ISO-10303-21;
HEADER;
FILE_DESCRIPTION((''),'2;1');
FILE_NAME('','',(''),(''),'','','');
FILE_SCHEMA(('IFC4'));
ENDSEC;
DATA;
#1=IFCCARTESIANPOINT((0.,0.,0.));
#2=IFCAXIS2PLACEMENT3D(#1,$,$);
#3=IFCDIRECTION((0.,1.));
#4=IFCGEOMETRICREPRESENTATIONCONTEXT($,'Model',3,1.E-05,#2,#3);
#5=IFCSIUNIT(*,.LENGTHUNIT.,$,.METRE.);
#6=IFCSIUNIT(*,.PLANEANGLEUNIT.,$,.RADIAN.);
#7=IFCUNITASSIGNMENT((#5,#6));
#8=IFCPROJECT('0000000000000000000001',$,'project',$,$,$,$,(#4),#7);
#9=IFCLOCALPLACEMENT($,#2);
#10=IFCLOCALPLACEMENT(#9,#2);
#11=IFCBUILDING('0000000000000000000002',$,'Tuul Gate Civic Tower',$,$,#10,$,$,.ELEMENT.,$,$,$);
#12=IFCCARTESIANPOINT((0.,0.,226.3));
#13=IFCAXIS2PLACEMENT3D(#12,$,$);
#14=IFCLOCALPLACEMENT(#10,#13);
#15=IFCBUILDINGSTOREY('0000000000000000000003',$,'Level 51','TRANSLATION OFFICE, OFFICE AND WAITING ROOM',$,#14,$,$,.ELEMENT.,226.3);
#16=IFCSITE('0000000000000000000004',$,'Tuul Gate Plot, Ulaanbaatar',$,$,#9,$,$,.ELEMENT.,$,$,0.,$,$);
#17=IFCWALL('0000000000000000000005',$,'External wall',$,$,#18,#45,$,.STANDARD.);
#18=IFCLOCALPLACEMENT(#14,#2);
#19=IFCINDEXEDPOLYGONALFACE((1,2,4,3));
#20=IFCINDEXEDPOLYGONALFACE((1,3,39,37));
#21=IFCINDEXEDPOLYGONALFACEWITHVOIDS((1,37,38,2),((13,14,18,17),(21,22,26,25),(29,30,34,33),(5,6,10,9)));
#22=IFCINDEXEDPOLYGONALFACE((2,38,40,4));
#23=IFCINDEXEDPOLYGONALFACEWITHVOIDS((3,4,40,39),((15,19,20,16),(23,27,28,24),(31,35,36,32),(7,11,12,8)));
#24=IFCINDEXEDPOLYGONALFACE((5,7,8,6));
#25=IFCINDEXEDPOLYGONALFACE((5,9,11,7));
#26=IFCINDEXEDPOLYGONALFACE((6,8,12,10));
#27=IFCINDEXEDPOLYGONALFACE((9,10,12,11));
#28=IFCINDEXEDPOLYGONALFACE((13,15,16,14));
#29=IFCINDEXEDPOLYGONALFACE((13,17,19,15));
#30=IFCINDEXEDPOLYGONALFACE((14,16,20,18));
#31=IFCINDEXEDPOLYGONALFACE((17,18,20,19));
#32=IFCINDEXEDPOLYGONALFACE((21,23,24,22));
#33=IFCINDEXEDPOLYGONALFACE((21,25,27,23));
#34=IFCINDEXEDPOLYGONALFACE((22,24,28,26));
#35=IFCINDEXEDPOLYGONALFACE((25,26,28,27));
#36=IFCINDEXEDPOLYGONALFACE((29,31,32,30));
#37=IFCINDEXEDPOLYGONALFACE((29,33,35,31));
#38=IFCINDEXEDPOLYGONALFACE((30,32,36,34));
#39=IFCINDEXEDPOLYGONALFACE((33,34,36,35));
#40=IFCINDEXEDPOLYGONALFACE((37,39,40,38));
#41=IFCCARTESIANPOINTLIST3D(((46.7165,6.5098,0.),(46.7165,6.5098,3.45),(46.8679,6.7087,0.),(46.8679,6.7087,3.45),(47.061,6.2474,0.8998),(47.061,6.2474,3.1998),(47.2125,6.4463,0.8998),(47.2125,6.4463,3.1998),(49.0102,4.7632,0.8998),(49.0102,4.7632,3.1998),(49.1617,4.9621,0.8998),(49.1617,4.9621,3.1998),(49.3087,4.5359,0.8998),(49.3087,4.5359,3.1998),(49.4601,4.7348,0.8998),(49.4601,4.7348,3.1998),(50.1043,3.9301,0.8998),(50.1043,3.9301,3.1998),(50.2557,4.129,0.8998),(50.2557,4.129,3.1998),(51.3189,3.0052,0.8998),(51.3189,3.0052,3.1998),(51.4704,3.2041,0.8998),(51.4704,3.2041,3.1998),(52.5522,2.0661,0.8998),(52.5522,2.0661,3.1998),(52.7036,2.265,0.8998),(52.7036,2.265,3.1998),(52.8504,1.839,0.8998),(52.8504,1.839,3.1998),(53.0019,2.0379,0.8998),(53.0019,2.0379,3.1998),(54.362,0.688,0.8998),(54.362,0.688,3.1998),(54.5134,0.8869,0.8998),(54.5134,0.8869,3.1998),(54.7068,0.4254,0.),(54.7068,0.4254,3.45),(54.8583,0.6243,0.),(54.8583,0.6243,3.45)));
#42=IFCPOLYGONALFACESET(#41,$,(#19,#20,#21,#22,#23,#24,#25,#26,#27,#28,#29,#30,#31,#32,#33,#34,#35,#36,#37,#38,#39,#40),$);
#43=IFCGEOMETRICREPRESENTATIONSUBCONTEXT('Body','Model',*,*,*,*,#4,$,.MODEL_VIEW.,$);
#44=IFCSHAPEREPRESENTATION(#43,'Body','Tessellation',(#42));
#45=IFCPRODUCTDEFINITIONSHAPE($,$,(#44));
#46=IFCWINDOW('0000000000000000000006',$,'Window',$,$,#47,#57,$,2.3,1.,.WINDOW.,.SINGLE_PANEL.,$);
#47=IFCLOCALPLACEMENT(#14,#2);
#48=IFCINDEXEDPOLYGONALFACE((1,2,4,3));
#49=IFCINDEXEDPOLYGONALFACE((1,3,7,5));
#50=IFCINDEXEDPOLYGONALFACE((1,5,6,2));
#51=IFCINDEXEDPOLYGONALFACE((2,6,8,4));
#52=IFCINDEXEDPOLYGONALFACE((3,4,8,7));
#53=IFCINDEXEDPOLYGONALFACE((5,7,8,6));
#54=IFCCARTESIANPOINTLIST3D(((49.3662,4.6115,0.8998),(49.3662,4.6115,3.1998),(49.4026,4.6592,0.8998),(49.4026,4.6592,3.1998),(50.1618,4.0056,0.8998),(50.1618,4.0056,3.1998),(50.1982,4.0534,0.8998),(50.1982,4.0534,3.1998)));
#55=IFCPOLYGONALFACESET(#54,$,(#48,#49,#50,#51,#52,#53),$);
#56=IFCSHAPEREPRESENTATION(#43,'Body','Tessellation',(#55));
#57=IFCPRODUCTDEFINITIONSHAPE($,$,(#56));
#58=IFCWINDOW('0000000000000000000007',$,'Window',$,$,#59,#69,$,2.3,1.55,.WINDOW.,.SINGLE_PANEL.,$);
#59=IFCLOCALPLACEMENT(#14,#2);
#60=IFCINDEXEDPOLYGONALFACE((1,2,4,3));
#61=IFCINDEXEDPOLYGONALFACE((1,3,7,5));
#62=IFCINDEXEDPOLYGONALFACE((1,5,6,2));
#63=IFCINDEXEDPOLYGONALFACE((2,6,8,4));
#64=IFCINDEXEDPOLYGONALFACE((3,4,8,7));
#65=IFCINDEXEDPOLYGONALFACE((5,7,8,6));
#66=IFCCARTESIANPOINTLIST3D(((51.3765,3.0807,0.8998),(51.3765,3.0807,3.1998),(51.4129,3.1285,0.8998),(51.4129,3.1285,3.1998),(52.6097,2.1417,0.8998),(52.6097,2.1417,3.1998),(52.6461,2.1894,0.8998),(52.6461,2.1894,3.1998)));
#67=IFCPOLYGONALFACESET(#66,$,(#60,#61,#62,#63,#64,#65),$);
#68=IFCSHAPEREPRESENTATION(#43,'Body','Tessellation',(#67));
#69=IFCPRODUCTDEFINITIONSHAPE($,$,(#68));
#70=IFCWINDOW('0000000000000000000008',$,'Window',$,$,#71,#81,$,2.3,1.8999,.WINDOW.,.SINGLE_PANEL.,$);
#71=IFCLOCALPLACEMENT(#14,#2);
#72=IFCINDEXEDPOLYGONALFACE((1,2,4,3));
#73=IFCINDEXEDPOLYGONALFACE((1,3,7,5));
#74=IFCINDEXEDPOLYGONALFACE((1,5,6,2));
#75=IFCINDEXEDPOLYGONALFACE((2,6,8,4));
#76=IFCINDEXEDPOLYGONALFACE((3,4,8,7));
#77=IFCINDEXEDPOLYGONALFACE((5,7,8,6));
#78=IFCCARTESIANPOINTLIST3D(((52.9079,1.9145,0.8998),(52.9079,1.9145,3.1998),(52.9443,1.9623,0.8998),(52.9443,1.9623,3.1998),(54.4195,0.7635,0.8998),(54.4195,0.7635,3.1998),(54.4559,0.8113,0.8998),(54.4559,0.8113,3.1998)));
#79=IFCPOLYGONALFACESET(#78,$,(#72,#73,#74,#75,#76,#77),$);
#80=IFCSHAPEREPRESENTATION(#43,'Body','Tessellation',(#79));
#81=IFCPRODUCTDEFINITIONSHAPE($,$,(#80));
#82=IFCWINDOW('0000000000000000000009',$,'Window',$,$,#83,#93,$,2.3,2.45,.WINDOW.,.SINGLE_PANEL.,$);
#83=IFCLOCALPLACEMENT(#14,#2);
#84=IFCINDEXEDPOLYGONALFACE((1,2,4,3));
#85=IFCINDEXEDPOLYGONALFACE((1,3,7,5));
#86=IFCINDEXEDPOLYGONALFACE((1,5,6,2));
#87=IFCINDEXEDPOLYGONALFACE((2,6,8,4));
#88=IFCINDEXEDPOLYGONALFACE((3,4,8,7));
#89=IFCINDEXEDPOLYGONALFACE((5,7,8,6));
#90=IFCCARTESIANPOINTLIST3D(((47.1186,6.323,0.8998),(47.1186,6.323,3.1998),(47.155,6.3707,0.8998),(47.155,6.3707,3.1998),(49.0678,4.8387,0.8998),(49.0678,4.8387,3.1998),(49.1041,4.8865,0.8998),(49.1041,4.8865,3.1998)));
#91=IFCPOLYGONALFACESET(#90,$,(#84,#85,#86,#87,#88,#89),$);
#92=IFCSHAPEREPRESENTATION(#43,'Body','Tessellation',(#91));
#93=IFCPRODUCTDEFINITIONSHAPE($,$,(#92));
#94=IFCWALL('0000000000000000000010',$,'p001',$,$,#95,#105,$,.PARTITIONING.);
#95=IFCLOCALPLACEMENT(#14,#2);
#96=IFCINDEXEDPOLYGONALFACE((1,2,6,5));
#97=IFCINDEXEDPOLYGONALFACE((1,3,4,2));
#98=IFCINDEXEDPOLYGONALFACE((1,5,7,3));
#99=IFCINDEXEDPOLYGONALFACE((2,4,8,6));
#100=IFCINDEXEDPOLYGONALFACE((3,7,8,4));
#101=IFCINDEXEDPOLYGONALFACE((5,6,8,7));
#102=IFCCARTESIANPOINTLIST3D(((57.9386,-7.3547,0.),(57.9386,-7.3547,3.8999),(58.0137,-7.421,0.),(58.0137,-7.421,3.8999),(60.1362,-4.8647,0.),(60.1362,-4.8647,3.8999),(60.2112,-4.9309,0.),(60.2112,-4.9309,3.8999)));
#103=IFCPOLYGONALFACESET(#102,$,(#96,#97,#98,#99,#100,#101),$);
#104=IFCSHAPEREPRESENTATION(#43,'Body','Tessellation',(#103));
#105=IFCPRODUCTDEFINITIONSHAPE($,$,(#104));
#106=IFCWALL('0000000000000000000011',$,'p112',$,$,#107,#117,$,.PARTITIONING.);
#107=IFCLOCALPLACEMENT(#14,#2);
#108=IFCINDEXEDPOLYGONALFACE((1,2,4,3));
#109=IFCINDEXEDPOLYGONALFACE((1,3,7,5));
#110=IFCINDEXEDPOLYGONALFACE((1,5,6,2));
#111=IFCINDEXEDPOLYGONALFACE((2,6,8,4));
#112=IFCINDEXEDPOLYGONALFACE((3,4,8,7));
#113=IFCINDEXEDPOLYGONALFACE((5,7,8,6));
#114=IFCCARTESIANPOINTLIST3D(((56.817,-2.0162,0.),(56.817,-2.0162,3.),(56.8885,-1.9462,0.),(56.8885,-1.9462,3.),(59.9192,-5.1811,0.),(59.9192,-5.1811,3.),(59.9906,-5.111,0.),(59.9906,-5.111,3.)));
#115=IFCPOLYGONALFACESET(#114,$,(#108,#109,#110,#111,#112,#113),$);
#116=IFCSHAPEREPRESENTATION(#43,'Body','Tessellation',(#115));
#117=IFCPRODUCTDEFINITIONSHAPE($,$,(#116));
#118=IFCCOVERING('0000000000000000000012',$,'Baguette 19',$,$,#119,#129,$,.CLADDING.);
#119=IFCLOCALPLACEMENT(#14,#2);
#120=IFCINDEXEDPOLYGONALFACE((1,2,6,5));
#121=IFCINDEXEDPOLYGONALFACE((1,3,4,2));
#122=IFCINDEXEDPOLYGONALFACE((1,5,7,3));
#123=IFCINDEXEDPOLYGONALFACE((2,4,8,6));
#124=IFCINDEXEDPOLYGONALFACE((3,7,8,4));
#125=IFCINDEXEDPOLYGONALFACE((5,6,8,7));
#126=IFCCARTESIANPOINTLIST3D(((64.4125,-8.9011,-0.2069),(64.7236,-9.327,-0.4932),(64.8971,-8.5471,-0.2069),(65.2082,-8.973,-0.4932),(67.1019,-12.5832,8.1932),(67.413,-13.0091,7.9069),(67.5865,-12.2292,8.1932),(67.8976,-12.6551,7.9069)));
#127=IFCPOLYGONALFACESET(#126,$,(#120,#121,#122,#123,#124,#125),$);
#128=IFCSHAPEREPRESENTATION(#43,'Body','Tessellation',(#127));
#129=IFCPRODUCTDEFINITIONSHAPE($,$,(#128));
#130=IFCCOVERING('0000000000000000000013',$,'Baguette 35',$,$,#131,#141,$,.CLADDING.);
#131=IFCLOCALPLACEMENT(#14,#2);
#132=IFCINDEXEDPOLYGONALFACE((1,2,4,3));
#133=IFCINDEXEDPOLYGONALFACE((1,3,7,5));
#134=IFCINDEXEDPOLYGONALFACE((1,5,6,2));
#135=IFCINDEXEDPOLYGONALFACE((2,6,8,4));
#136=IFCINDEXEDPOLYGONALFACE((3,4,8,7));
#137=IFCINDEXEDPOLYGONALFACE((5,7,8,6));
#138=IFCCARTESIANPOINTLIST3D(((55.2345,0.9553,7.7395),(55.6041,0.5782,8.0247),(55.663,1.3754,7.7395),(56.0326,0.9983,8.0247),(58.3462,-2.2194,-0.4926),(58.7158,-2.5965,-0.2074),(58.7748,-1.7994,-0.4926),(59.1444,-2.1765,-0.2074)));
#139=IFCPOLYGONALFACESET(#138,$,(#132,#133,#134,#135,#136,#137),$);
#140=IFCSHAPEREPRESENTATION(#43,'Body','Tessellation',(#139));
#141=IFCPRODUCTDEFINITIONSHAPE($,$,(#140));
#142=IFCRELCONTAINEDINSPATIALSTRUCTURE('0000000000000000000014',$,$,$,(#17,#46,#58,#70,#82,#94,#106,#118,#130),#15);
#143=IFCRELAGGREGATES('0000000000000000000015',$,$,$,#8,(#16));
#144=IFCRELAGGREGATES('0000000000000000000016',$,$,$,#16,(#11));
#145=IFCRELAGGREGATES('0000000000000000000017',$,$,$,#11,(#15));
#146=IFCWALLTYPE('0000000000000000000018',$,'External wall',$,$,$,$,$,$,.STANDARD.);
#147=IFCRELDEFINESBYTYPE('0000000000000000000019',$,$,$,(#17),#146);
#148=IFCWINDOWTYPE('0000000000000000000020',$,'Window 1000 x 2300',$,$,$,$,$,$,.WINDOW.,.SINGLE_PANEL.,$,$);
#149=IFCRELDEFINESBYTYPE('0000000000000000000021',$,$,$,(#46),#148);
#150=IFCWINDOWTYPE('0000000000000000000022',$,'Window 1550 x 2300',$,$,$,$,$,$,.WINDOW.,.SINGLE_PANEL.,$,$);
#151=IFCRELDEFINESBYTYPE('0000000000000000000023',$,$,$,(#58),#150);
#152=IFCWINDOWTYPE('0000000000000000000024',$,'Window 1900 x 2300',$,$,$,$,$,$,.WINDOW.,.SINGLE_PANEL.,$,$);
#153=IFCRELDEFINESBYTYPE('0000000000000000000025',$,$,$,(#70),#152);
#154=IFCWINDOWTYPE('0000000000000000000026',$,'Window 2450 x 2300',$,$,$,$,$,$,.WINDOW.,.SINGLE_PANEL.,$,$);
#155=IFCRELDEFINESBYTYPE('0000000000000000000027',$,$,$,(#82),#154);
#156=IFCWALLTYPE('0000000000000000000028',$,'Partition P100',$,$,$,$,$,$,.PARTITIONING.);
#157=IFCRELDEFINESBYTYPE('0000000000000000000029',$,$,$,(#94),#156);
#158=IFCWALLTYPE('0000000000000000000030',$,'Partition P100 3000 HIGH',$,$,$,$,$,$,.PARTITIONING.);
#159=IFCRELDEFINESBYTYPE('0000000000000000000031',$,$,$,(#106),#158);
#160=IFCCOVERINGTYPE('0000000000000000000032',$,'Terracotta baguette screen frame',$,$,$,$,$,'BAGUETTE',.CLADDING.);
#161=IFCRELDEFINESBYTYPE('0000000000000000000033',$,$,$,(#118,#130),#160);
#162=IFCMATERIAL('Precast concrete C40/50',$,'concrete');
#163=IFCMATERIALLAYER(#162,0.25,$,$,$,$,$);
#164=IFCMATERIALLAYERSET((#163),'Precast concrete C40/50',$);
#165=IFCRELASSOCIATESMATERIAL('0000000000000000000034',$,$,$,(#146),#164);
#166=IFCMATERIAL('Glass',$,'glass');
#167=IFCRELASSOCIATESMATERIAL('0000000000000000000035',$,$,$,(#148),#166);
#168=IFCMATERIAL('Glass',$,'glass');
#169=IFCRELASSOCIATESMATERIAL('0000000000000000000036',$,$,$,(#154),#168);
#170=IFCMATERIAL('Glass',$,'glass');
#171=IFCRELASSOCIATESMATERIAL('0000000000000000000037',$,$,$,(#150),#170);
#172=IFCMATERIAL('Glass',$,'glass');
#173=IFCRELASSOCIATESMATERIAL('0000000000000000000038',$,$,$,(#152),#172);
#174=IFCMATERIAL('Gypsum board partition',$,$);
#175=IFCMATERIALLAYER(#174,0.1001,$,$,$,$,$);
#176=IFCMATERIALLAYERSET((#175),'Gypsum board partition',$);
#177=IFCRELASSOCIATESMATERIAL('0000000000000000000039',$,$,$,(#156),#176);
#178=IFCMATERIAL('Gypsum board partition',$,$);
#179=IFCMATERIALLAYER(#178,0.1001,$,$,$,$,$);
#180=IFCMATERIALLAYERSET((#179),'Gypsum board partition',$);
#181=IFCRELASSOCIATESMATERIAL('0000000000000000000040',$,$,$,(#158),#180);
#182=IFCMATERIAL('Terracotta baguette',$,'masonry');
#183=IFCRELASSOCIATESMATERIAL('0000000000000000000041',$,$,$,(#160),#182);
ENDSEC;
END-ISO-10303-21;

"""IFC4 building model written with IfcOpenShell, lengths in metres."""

from ifc_helpers import new_model, si_unit, direction, frame, frame_2d, origin, origin_2d, place, context, subcontext, project, spatial, rectangle, extrude, material, layer, layer_set, material_profile, profile_set, type_object, element, fill, save


model = new_model("IFC4")

# Units and contexts
model_context = context("Model", 3, precision=1e-05, world=origin(), true_north=direction((0.0, 1.0)))
body_context = subcontext(model_context, "Body", "Model", "MODEL_VIEW")
ifc_project = project(units=[si_unit("LENGTHUNIT", "METRE"), si_unit("PLANEANGLEUNIT", "RADIAN")], contexts=[model_context])

# Site, building, storey
site_placement = place(None, origin())
site = spatial("IfcSite", under=ifc_project, at=site_placement, Name="Tuul Gate Plot, Ulaanbaatar", CompositionType="ELEMENT", RefElevation=0.0)
building_placement = place(site_placement, origin())
building = spatial("IfcBuilding", under=site, at=building_placement, Name="Tuul Gate Civic Tower", CompositionType="ELEMENT")
storey_placement = place(building_placement, frame((0.0, 0.0, 226.3)))
storey = spatial("IfcBuildingStorey", under=building, at=storey_placement, Name="Level 51", Description="TRANSLATION OFFICE, OFFICE AND WAITING ROOM", CompositionType="ELEMENT", Elevation=226.3)

# Wall, openings, windows
ifc_material_1 = material(Name="Precast concrete C40/50", Category="concrete")
ifc_layer_1 = layer(ifc_material_1, 0.25)
ifc_layer_set_1 = layer_set([ifc_layer_1], Name="Precast concrete C40/50")
wall_type_1 = type_object("IfcWallType", Name="External wall", PredefinedType="STANDARD", material=ifc_layer_set_1)
ifc_material_2 = material(Name="Glass", Category="glass")
window_type_1 = type_object("IfcWindowType", Name="Window 1000 x 2300", PartitioningType="SINGLE_PANEL", PredefinedType="WINDOW", material=ifc_material_2)
ifc_material_3 = material(Name="Glass", Category="glass")
window_type_2 = type_object("IfcWindowType", Name="Window 2450 x 2300", PartitioningType="SINGLE_PANEL", PredefinedType="WINDOW", material=ifc_material_3)
wall_1_placement = place(storey_placement, frame((54.7825, 0.5249, 0.0), z_axis=(0.0, 0.0, 1.0), x_axis=(-0.7956, 0.605822, 0.0)))
wall_1 = element("IfcWall", 1, at=wall_1_placement, inside=storey, type_object=wall_type_1, Name="External wall", PredefinedType="STANDARD", context=body_context, shape_type="SweptSolid", body=[
    extrude(rectangle(XDim=10.0432, YDim=0.25, at=frame_2d((5.0215, 0.0))), origin(), (0.0, 0.0, 1.0), 3.45),
])
opening_1_placement = place(wall_1_placement, frame((5.7849, 0.0, 0.8999)))
opening_1 = element("IfcOpeningElement", 2, at=opening_1_placement, cuts=wall_1, PredefinedType="OPENING", context=body_context, shape_type="SweptSolid", body=[
    extrude(rectangle(XDim=1.0, YDim=2.3, at=frame_2d((0.5, 1.1499))), frame((0.0, 0.135, 0.0), z_axis=(0.0, -1.0, 0.0), x_axis=(1.0, 0.0, 0.0)), (0.0, 0.0, 1.0), 0.27),
])
opening_2_placement = place(wall_1_placement, frame((7.1599, 0.0, 0.8999)))
opening_2 = element("IfcOpeningElement", 3, at=opening_2_placement, cuts=wall_1, PredefinedType="OPENING", context=body_context, shape_type="SweptSolid", body=[
    extrude(rectangle(XDim=2.45, YDim=2.3, at=frame_2d((1.2251, 1.1499))), frame((0.0, 0.135, 0.0), z_axis=(0.0, -1.0, 0.0), x_axis=(1.0, 0.0, 0.0)), (0.0, 0.0, 1.0), 0.27),
])
opening_3_placement = place(wall_1_placement, frame((0.4333, 0.0, 0.8999)))
opening_3 = element("IfcOpeningElement", 4, at=opening_3_placement, cuts=wall_1, PredefinedType="OPENING", context=body_context, shape_type="SweptSolid", body=[
    extrude(rectangle(XDim=1.8999, YDim=2.3, at=frame_2d((0.95, 1.1499))), frame((0.0, 0.135, 0.0), z_axis=(0.0, -1.0, 0.0), x_axis=(1.0, 0.0, 0.0)), (0.0, 0.0, 1.0), 0.27),
])
opening_4_placement = place(wall_1_placement, frame((2.7083, 0.0, 0.8999)))
opening_4 = element("IfcOpeningElement", 5, at=opening_4_placement, cuts=wall_1, PredefinedType="OPENING", context=body_context, shape_type="SweptSolid", body=[
    extrude(rectangle(XDim=1.55, YDim=2.3, at=frame_2d((0.7749, 1.1499))), frame((0.0, 0.135, 0.0), z_axis=(0.0, -1.0, 0.0), x_axis=(1.0, 0.0, 0.0)), (0.0, 0.0, 1.0), 0.27),
])
window_1_placement = place(opening_1_placement, origin())
window_1 = element("IfcWindow", 6, at=window_1_placement, inside=storey, type_object=window_type_1, Name="Window", OverallHeight=2.3, OverallWidth=1.0, PartitioningType="SINGLE_PANEL", PredefinedType="WINDOW", context=body_context, shape_type="SweptSolid", body=[
    extrude(rectangle(XDim=1.0, YDim=2.3, at=frame_2d((0.5, 1.1499))), frame((0.0, 0.03, 0.0), z_axis=(0.0, -1.0, 0.0), x_axis=(1.0, 0.0, 0.0)), (0.0, 0.0, 1.0), 0.0601),
])
fill(opening_1, window_1)
ifc_material_4 = material(Name="Glass", Category="glass")
window_type_3 = type_object("IfcWindowType", Name="Window 1550 x 2300", PartitioningType="SINGLE_PANEL", PredefinedType="WINDOW", material=ifc_material_4)
window_2_placement = place(opening_4_placement, origin())
window_2 = element("IfcWindow", 7, at=window_2_placement, inside=storey, type_object=window_type_3, Name="Window", OverallHeight=2.3, OverallWidth=1.55, PartitioningType="SINGLE_PANEL", PredefinedType="WINDOW", context=body_context, shape_type="SweptSolid", body=[
    extrude(rectangle(XDim=1.55, YDim=2.3, at=frame_2d((0.7749, 1.1499))), frame((0.0, 0.03, 0.0), z_axis=(0.0, -1.0, 0.0), x_axis=(1.0, 0.0, 0.0)), (0.0, 0.0, 1.0), 0.0601),
])
fill(opening_4, window_2)
ifc_material_5 = material(Name="Glass", Category="glass")
window_type_4 = type_object("IfcWindowType", Name="Window 1900 x 2300", PartitioningType="SINGLE_PANEL", PredefinedType="WINDOW", material=ifc_material_5)
window_3_placement = place(opening_3_placement, origin())
window_3 = element("IfcWindow", 8, at=window_3_placement, inside=storey, type_object=window_type_4, Name="Window", OverallHeight=2.3, OverallWidth=1.8999, PartitioningType="SINGLE_PANEL", PredefinedType="WINDOW", context=body_context, shape_type="SweptSolid", body=[
    extrude(rectangle(XDim=1.8999, YDim=2.3, at=frame_2d((0.95, 1.1499))), frame((0.0, 0.03, 0.0), z_axis=(0.0, -1.0, 0.0), x_axis=(1.0, 0.0, 0.0)), (0.0, 0.0, 1.0), 0.0601),
])
fill(opening_3, window_3)
window_4_placement = place(opening_2_placement, origin())
window_4 = element("IfcWindow", 9, at=window_4_placement, inside=storey, type_object=window_type_2, Name="Window", OverallHeight=2.3, OverallWidth=2.45, PartitioningType="SINGLE_PANEL", PredefinedType="WINDOW", context=body_context, shape_type="SweptSolid", body=[
    extrude(rectangle(XDim=2.45, YDim=2.3, at=frame_2d((1.2251, 1.1499))), frame((0.0, 0.03, 0.0), z_axis=(0.0, -1.0, 0.0), x_axis=(1.0, 0.0, 0.0)), (0.0, 0.0, 1.0), 0.0601),
])
fill(opening_2, window_4)

# Walls
ifc_material_6 = material(Name="Gypsum board partition")
ifc_layer_2 = layer(ifc_material_6, 0.1001)
ifc_layer_set_2 = layer_set([ifc_layer_2], Name="Gypsum board partition")
wall_type_2 = type_object("IfcWallType", Name="Partition P100", PredefinedType="PARTITIONING", material=ifc_layer_set_2)
wall_2_placement = place(storey_placement, frame((57.9761, -7.3879, 0.0), z_axis=(0.0, 0.0, 1.0), x_axis=(0.661699, 0.749769, 0.0)))
element("IfcWall", 10, at=wall_2_placement, inside=storey, type_object=wall_type_2, Name="p001", PredefinedType="PARTITIONING", context=body_context, shape_type="SweptSolid", body=[
    extrude(rectangle(XDim=3.321, YDim=0.1001, at=frame_2d((1.6606, 0.0))), origin(), (0.0, 0.0, 1.0), 3.8999),
])
ifc_material_7 = material(Name="Gypsum board partition")
ifc_layer_3 = layer(ifc_material_7, 0.1001)
ifc_layer_set_3 = layer_set([ifc_layer_3], Name="Gypsum board partition")
wall_type_3 = type_object("IfcWallType", Name="Partition P100 3000 HIGH", PredefinedType="PARTITIONING", material=ifc_layer_set_3)
wall_3_placement = place(storey_placement, frame((56.8528, -1.9812, 0.0), z_axis=(0.0, 0.0, 1.0), x_axis=(0.699992, -0.714151, 0.0)))
element("IfcWall", 11, at=wall_3_placement, inside=storey, type_object=wall_type_3, Name="p112", PredefinedType="PARTITIONING", context=body_context, shape_type="SweptSolid", body=[
    extrude(rectangle(XDim=4.4316, YDim=0.1001, at=frame_2d((2.2158, 0.0))), origin(), (0.0, 0.0, 1.0), 3.0),
])

# Coverings
ifc_material_8 = material(Name="Terracotta baguette", Category="masonry")
ifc_material_profile_1 = material_profile(ifc_material_8, rectangle(XDim=0.6001, YDim=0.6001, at=origin_2d()), Name="Terracotta baguette screen frame")
ifc_profile_set_1 = profile_set([ifc_material_profile_1], Name="Terracotta baguette")
covering_type = type_object("IfcCoveringType", Name="Terracotta baguette screen frame", ElementType="BAGUETTE", PredefinedType="CLADDING", material=ifc_profile_set_1)
covering_1_placement = place(storey_placement, frame((67.4998, -12.6191, 8.05), z_axis=(-0.281385, 0.385244, -0.878868), x_axis=(-0.80753, -0.589826, 0.0)))
element("IfcCovering", 12, at=covering_1_placement, inside=storey, type_object=covering_type, Name="Baguette 19", PredefinedType="CLADDING", context=body_context, shape_type="SweptSolid", body=[
    extrude(rectangle(XDim=0.6001, YDim=0.6001, at=origin_2d()), origin(), (0.0, 0.0, 1.0), 9.5579),
])
covering_2_placement = place(storey_placement, frame((55.6335, 0.9768, 7.8821), z_axis=(0.332607, -0.33934, -0.879898), x_axis=(0.714156, 0.699987, 0.0)))
element("IfcCovering", 13, at=covering_2_placement, inside=storey, type_object=covering_type, Name="Baguette 35", PredefinedType="CLADDING", context=body_context, shape_type="SweptSolid", body=[
    extrude(rectangle(XDim=0.6001, YDim=0.6001, at=origin_2d()), origin(), (0.0, 0.0, 1.0), 9.3557),
])

save(model, "model.ifc")
